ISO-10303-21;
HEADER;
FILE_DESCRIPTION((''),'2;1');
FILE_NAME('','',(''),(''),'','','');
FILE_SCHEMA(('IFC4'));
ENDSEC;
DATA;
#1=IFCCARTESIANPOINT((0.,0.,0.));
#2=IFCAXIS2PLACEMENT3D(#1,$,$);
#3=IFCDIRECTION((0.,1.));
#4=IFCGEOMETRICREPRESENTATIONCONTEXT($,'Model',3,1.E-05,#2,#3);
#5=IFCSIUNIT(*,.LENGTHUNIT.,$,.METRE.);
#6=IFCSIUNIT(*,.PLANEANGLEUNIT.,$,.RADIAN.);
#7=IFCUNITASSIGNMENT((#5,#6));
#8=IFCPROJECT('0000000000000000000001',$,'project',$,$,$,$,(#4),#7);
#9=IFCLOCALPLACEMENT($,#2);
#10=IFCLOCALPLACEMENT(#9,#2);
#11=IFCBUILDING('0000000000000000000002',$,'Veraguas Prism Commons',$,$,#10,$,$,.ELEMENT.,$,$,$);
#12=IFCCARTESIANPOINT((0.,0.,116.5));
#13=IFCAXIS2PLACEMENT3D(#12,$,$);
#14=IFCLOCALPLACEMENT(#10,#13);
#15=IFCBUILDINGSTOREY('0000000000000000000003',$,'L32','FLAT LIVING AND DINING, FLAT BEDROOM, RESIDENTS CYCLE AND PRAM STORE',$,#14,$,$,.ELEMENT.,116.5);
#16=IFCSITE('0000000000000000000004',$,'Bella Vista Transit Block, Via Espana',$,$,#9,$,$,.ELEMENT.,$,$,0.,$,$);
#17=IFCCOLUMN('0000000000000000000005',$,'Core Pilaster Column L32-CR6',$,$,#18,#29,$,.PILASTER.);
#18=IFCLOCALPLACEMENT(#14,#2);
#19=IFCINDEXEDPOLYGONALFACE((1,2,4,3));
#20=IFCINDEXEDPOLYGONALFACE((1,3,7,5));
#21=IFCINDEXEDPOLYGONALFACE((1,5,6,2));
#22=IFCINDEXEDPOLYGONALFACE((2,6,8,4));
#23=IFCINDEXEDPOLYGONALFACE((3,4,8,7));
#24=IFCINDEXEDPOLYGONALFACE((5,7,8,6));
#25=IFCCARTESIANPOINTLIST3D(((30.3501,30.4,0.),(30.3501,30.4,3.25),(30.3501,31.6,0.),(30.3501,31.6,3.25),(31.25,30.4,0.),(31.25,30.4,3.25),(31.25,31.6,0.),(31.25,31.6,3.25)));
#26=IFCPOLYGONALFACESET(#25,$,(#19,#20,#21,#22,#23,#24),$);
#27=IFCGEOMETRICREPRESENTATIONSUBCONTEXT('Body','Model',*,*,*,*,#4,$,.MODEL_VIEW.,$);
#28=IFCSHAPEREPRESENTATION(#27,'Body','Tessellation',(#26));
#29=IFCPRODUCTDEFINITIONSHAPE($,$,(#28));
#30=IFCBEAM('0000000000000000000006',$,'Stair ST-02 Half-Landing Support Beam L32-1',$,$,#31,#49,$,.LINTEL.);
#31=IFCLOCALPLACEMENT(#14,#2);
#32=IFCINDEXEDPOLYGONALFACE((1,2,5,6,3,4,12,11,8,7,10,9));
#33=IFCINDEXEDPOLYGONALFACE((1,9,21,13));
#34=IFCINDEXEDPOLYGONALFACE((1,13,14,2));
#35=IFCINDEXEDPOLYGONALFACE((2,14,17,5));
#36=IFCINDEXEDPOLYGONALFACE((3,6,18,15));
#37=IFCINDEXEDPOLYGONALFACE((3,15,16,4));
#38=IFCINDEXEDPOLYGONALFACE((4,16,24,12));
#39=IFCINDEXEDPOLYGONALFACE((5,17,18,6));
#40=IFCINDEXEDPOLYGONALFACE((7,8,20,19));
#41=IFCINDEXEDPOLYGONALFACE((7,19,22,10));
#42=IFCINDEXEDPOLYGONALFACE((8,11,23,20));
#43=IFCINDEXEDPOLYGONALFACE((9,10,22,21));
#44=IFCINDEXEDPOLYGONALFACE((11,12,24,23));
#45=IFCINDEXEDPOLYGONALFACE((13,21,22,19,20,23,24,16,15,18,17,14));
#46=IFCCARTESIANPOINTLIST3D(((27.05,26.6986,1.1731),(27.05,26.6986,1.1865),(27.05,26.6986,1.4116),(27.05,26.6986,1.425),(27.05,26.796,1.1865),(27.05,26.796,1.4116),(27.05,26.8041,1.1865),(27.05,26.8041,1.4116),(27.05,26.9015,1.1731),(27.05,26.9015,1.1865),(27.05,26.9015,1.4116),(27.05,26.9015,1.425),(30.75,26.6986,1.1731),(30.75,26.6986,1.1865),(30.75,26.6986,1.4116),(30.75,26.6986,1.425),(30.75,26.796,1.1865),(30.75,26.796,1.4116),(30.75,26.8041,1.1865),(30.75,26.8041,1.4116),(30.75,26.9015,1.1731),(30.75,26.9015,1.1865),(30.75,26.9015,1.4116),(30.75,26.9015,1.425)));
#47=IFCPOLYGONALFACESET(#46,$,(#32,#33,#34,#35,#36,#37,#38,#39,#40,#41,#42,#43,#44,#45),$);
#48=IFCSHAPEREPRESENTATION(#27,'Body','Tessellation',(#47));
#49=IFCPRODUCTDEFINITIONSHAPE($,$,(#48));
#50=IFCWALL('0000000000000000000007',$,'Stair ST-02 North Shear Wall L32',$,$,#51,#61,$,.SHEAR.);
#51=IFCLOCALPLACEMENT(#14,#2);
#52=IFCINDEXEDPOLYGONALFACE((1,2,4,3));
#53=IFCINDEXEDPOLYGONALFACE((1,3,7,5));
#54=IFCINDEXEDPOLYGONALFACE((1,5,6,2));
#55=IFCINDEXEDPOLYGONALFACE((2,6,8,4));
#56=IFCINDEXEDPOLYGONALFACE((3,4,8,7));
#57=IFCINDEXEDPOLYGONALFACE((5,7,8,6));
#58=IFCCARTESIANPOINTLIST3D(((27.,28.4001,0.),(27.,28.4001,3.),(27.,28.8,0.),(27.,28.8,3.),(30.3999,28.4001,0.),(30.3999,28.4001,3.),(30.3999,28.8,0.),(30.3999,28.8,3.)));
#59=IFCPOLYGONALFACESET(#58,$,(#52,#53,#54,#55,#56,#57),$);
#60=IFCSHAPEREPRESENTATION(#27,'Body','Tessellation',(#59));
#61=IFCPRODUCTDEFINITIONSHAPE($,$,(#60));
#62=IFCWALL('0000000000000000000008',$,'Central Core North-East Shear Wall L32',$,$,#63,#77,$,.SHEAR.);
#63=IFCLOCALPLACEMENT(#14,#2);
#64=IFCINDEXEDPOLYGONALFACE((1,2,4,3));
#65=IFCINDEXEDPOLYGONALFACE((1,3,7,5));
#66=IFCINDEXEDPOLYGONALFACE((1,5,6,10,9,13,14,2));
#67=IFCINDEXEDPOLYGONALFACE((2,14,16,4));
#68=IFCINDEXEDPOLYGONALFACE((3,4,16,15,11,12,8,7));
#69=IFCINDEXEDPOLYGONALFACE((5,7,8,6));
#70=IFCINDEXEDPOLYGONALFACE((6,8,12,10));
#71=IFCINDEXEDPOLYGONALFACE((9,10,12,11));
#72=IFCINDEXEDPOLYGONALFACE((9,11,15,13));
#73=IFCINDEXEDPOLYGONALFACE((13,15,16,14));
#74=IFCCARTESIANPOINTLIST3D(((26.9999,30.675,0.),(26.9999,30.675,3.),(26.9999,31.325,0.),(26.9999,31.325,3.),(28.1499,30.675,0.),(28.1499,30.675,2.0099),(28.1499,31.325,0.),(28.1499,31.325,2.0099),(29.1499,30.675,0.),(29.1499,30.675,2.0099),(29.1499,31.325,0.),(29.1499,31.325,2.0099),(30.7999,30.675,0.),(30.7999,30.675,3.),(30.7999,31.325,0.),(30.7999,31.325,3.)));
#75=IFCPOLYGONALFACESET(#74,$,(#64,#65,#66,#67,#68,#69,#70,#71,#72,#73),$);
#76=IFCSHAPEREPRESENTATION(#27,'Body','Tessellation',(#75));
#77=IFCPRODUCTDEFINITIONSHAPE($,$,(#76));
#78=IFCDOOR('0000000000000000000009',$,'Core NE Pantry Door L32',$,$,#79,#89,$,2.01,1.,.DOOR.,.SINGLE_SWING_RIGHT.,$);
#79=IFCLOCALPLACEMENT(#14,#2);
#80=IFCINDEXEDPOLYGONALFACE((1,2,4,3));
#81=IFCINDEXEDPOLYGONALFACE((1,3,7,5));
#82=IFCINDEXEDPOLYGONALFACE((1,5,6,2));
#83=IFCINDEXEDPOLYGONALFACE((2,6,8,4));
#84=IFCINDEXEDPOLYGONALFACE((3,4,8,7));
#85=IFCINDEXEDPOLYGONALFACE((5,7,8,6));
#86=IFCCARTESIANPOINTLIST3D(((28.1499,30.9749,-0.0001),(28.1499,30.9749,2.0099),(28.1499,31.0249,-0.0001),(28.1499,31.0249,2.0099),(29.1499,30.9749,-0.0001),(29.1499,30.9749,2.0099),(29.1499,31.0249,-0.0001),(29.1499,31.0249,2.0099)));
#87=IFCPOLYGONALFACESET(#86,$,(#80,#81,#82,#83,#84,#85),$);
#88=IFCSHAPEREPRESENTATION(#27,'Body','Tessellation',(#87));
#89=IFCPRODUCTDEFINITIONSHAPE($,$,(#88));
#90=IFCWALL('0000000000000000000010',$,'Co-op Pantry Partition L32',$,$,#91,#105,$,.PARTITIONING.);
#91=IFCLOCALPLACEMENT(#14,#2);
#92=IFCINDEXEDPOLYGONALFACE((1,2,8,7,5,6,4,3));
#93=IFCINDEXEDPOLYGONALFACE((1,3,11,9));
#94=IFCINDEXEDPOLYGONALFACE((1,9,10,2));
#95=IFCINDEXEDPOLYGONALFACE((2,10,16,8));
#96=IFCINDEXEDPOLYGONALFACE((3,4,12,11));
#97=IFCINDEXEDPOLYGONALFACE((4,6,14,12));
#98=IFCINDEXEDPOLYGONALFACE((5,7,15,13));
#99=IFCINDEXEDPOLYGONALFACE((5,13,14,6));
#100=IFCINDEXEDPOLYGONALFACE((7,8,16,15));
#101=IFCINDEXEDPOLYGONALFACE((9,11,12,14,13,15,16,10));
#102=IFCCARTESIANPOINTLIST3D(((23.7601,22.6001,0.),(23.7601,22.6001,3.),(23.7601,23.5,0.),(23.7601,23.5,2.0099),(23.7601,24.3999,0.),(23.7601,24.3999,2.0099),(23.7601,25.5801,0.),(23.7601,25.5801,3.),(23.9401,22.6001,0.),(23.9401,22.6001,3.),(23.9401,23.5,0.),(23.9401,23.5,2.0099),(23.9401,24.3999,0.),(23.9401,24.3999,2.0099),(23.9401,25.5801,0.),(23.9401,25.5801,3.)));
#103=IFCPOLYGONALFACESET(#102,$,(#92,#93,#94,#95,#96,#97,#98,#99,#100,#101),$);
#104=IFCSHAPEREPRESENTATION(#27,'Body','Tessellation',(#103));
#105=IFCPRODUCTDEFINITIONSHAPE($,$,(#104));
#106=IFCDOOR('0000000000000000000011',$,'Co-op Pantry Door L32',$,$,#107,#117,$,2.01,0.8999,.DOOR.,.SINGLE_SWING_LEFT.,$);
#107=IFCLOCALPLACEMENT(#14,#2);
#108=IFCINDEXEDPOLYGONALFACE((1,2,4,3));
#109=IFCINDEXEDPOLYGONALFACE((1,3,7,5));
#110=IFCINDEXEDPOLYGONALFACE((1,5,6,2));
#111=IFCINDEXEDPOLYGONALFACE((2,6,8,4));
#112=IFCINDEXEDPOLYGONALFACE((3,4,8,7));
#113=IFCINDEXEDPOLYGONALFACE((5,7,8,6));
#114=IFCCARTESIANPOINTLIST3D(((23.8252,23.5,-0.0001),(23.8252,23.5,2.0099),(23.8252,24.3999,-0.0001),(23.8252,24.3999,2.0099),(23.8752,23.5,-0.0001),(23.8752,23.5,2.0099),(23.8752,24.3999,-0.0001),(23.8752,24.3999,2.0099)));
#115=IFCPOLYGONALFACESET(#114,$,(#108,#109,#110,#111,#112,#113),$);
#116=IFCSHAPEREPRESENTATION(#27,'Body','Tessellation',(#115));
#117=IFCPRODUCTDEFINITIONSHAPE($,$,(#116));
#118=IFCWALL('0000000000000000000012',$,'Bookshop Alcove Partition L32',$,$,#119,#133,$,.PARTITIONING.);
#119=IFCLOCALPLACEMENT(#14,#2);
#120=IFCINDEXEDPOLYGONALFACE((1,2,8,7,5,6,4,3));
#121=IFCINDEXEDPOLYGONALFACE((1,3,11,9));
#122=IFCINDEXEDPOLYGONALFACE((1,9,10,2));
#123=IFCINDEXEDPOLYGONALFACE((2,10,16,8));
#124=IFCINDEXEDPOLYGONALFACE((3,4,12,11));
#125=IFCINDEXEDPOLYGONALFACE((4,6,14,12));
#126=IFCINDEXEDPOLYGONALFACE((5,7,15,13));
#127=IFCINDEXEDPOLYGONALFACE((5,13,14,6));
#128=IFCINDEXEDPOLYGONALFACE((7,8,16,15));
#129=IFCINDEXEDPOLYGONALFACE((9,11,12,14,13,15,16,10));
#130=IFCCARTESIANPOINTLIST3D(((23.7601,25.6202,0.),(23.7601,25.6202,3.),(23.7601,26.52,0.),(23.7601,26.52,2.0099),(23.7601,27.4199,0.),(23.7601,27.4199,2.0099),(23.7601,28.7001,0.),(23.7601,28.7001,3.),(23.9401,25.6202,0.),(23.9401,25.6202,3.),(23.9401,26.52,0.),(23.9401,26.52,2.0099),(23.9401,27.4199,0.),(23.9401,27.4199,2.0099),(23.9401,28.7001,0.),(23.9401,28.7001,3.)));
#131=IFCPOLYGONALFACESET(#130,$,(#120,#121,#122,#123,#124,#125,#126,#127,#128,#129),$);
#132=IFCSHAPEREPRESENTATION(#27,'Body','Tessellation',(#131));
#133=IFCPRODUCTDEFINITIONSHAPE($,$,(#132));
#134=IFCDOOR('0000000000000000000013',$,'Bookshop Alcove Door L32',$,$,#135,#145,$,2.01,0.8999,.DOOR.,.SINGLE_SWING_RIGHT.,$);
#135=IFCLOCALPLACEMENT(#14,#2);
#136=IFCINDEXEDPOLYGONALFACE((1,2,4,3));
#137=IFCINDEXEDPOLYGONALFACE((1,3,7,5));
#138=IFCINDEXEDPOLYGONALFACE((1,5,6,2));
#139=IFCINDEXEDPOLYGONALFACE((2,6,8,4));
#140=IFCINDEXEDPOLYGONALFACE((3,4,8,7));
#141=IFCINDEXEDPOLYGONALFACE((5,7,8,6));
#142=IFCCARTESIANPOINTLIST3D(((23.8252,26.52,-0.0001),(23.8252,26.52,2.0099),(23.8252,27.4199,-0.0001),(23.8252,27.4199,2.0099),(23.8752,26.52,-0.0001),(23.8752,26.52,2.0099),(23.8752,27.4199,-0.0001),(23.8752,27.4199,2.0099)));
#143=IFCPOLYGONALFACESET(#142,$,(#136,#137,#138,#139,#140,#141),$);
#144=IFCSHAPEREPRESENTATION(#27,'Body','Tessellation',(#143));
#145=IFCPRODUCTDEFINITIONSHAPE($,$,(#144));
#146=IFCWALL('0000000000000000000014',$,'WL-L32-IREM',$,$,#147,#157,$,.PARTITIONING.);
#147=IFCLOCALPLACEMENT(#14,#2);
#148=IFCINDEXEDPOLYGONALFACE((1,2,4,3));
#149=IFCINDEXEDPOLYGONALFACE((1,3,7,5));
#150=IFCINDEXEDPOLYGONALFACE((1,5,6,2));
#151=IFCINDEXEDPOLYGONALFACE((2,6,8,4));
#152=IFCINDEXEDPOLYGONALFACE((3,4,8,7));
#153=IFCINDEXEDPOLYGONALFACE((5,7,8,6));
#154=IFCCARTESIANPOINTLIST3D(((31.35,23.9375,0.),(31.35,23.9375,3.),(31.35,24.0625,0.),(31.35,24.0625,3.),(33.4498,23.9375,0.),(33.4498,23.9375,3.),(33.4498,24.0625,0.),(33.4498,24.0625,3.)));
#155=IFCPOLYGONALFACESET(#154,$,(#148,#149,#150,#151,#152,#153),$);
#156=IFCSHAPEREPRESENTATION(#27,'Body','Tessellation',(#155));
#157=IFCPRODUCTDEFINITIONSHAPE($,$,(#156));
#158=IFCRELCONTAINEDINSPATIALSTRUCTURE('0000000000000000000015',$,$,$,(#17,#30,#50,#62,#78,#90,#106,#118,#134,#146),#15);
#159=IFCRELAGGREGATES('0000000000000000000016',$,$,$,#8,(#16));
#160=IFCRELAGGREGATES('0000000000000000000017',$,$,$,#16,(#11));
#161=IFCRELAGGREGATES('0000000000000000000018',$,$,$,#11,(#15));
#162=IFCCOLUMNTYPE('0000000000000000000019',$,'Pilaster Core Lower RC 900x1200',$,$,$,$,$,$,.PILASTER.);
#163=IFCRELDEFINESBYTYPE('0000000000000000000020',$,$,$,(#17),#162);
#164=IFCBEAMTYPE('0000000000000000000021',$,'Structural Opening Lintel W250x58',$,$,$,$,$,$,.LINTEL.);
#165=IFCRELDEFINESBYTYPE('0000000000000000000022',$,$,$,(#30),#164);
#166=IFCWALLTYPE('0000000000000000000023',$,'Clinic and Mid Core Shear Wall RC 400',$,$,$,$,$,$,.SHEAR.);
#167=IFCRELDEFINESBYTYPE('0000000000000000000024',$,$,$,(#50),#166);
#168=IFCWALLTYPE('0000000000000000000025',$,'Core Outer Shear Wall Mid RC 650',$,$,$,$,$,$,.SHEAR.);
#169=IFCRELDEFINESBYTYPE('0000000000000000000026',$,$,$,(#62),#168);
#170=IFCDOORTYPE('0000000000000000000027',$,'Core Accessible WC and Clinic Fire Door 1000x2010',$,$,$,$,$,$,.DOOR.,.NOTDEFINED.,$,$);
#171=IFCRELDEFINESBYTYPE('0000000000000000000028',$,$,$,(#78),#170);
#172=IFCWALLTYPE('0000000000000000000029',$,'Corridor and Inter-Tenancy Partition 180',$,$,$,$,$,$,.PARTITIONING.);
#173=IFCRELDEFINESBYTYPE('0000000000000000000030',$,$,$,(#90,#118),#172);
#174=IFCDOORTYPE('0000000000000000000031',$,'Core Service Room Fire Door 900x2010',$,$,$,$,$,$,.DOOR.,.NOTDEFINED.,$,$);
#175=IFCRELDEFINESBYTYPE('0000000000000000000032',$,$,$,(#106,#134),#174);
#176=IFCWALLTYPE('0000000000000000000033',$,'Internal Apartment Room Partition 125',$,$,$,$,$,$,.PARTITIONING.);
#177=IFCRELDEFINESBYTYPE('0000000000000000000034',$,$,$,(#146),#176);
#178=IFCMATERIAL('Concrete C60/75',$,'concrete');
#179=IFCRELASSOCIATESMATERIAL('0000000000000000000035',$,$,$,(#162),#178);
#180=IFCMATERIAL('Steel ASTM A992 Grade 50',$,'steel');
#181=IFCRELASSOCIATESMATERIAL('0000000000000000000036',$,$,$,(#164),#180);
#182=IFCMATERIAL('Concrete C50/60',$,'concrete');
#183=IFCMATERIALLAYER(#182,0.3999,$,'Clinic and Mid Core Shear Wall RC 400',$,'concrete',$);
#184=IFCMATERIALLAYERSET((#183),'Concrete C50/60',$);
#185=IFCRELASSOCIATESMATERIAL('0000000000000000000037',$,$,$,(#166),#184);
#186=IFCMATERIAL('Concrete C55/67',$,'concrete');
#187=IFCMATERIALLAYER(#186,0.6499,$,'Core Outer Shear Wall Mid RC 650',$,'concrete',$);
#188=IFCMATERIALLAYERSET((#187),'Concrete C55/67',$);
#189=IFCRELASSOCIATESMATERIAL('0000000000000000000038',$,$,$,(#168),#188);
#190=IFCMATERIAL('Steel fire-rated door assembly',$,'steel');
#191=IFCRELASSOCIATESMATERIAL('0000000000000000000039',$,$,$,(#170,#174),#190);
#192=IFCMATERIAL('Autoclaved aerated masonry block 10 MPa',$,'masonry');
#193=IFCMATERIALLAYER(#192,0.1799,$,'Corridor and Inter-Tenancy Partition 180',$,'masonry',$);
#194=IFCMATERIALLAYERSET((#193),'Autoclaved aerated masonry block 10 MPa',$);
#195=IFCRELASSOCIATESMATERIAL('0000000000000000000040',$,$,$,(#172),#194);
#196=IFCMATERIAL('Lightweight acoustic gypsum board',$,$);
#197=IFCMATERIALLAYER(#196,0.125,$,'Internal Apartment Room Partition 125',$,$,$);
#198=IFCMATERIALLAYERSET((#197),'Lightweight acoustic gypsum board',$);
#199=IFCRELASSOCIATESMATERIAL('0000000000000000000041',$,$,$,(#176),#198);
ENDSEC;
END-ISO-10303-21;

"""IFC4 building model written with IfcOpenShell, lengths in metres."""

from ifc_helpers import new_model, si_unit, direction, frame, frame_2d, origin, origin_2d, place, context, subcontext, project, spatial, rectangle, i_section, extrude, source, transform, mapped, material, layer, layer_set, material_profile, profile_set, type_object, element, fill, save


model = new_model("IFC4")

# Units and contexts
model_context = context("Model", 3, precision=1e-05, world=origin(), true_north=direction((0.0, 1.0)))
body_context = subcontext(model_context, "Body", "Model", "MODEL_VIEW")
ifc_project = project(units=[si_unit("LENGTHUNIT", "METRE"), si_unit("PLANEANGLEUNIT", "RADIAN")], contexts=[model_context])

# Site, building, storey
site_placement = place(None, origin())
site = spatial("IfcSite", under=ifc_project, at=site_placement, Name="Bella Vista Transit Block, Via Espana", CompositionType="ELEMENT", RefElevation=0.0)
building_placement = place(site_placement, origin())
building = spatial("IfcBuilding", under=site, at=building_placement, Name="Veraguas Prism Commons", CompositionType="ELEMENT")
storey_placement = place(building_placement, frame((0.0, 0.0, 116.5)))
storey = spatial("IfcBuildingStorey", under=building, at=storey_placement, Name="L32", Description="FLAT LIVING AND DINING, FLAT BEDROOM, RESIDENTS CYCLE AND PRAM STORE", CompositionType="ELEMENT", Elevation=116.5)

# Column
ifc_material_1 = material(Name="Concrete C60/75", Category="concrete")
ifc_material_profile_1 = material_profile(ifc_material_1, rectangle(XDim=0.8999, YDim=1.2, at=origin_2d()), Name="RC900X1200")
ifc_profile_set_1 = profile_set([ifc_material_profile_1], Name="Concrete C60/75")
column_type = type_object("IfcColumnType", Name="Pilaster Core Lower RC 900x1200", PredefinedType="PILASTER", material=ifc_profile_set_1)
column_placement = place(storey_placement, frame((30.8, 31.0, 0.0), z_axis=(0.0, 0.0, 1.0), x_axis=(1.0, 0.0, 0.0)))
element("IfcColumn", 1, at=column_placement, inside=storey, type_object=column_type, Name="Core Pilaster Column L32-CR6", PredefinedType="PILASTER", context=body_context, shape_type="SweptSolid", body=[
    extrude(rectangle(XDim=0.8999, YDim=1.2, at=origin_2d()), origin(), (0.0, 0.0, 1.0), 3.25),
])

# Beam
ifc_material_2 = material(Name="Steel ASTM A992 Grade 50", Category="steel")
ifc_material_profile_2 = material_profile(ifc_material_2, i_section(OverallWidth=0.2029, OverallDepth=0.252, WebThickness=0.0081, FlangeThickness=0.0134, at=origin_2d()), Name="W250X58")
ifc_profile_set_2 = profile_set([ifc_material_profile_2], Name="Steel ASTM A992 Grade 50")
beam_type = type_object("IfcBeamType", Name="Structural Opening Lintel W250x58", PredefinedType="LINTEL", material=ifc_profile_set_2)
beam_placement = place(storey_placement, frame((27.05, 26.8, 1.2991), z_axis=(1.0, 0.0, 0.0), x_axis=(0.0, 1.0, 0.0)))
element("IfcBeam", 2, at=beam_placement, inside=storey, type_object=beam_type, Name="Stair ST-02 Half-Landing Support Beam L32-1", PredefinedType="LINTEL", context=body_context, shape_type="SweptSolid", body=[
    extrude(i_section(OverallWidth=0.2029, OverallDepth=0.252, WebThickness=0.0081, FlangeThickness=0.0134, at=origin_2d()), origin(), (0.0, 0.0, 1.0), 3.7),
])

# Wall
ifc_material_3 = material(Name="Concrete C50/60", Category="concrete")
ifc_layer_1 = layer(ifc_material_3, 0.3999, Name="Clinic and Mid Core Shear Wall RC 400", Category="concrete")
ifc_layer_set_1 = layer_set([ifc_layer_1], Name="Concrete C50/60")
wall_type_1 = type_object("IfcWallType", Name="Clinic and Mid Core Shear Wall RC 400", PredefinedType="SHEAR", material=ifc_layer_set_1)
wall_1_placement = place(storey_placement, frame((27.0, 28.6001, 0.0), z_axis=(0.0, 0.0, 1.0), x_axis=(1.0, 0.0, 0.0)))
element("IfcWall", 3, at=wall_1_placement, inside=storey, type_object=wall_type_1, Name="Stair ST-02 North Shear Wall L32", PredefinedType="SHEAR", context=body_context, shape_type="SweptSolid", body=[
    extrude(rectangle(XDim=3.3999, YDim=0.3999, at=frame_2d((1.7, 0.0))), origin(), (0.0, 0.0, 1.0), 3.0),
])

# Walls, openings, doors
ifc_material_4 = material(Name="Concrete C55/67", Category="concrete")
ifc_layer_2 = layer(ifc_material_4, 0.6499, Name="Core Outer Shear Wall Mid RC 650", Category="concrete")
ifc_layer_set_2 = layer_set([ifc_layer_2], Name="Concrete C55/67")
wall_type_2 = type_object("IfcWallType", Name="Core Outer Shear Wall Mid RC 650", PredefinedType="SHEAR", material=ifc_layer_set_2)
wall_2_placement = place(storey_placement, frame((27.0, 31.0, 0.0), z_axis=(0.0, 0.0, 1.0), x_axis=(1.0, 0.0, 0.0)))
wall_2 = element("IfcWall", 4, at=wall_2_placement, inside=storey, type_object=wall_type_2, Name="Central Core North-East Shear Wall L32", PredefinedType="SHEAR", context=body_context, shape_type="SweptSolid", body=[
    extrude(rectangle(XDim=3.8, YDim=0.6499, at=frame_2d((1.8999, 0.0))), origin(), (0.0, 0.0, 1.0), 3.0),
])
opening_1_placement = place(wall_2_placement, frame((1.1499, 0.0, 0.0)))
opening_1 = element("IfcOpeningElement", 5, at=opening_1_placement, cuts=wall_2, PredefinedType="OPENING", context=body_context, shape_type="SweptSolid", body=[
    extrude(rectangle(XDim=1.0, YDim=2.01, at=frame_2d((0.5, 1.0049))), frame((0.0, 0.335, 0.0), z_axis=(0.0, -1.0, 0.0), x_axis=(1.0, 0.0, 0.0)), (0.0, 0.0, 1.0), 0.6699),
])
ifc_material_5 = material(Name="Steel fire-rated door assembly", Category="steel")
door_type_1 = type_object("IfcDoorType", Name="Core Accessible WC and Clinic Fire Door 1000x2010", OperationType="NOTDEFINED", PredefinedType="DOOR", material=ifc_material_5)
shared_shape_1 = source(origin(), body_context, "Body", "SweptSolid", [
    extrude(rectangle(XDim=1.0, YDim=2.01, at=frame_2d((0.5, 1.0049))), frame((0.0, 0.0249, 0.0), z_axis=(0.0, -1.0, 0.0), x_axis=(1.0, 0.0, 0.0)), (0.0, 0.0, 1.0), 0.05),
])
door_1_placement = place(opening_1_placement, origin())
door_1 = element("IfcDoor", 6, at=door_1_placement, inside=storey, type_object=door_type_1, Name="Core NE Pantry Door L32", OperationType="SINGLE_SWING_RIGHT", OverallHeight=2.01, OverallWidth=1.0, PredefinedType="DOOR", context=body_context, shape_type="MappedRepresentation", body=[
    mapped(shared_shape_1, transform((0.0, 0.0, 0.0), scale=1.0)),
])
fill(opening_1, door_1)
ifc_material_6 = material(Name="Autoclaved aerated masonry block 10 MPa", Category="masonry")
ifc_layer_3 = layer(ifc_material_6, 0.1799, Name="Corridor and Inter-Tenancy Partition 180", Category="masonry")
ifc_layer_set_3 = layer_set([ifc_layer_3], Name="Autoclaved aerated masonry block 10 MPa")
wall_type_3 = type_object("IfcWallType", Name="Corridor and Inter-Tenancy Partition 180", PredefinedType="PARTITIONING", material=ifc_layer_set_3)
wall_3_placement = place(storey_placement, frame((23.8501, 22.6001, 0.0), z_axis=(0.0, 0.0, 1.0), x_axis=(0.0, 1.0, 0.0)))
wall_3 = element("IfcWall", 7, at=wall_3_placement, inside=storey, type_object=wall_type_3, Name="Co-op Pantry Partition L32", PredefinedType="PARTITIONING", context=body_context, shape_type="SweptSolid", body=[
    extrude(rectangle(XDim=2.98, YDim=0.1799, at=frame_2d((1.49, 0.0))), origin(), (0.0, 0.0, 1.0), 3.0),
])
opening_2_placement = place(wall_3_placement, frame((0.8999, 0.0, 0.0)))
opening_2 = element("IfcOpeningElement", 8, at=opening_2_placement, cuts=wall_3, PredefinedType="OPENING", context=body_context, shape_type="SweptSolid", body=[
    extrude(rectangle(XDim=0.8999, YDim=2.01, at=frame_2d((0.45, 1.0049))), frame((0.0, 0.0999, 0.0), z_axis=(0.0, -1.0, 0.0), x_axis=(1.0, 0.0, 0.0)), (0.0, 0.0, 1.0), 0.2),
])
door_type_2 = type_object("IfcDoorType", Name="Core Service Room Fire Door 900x2010", OperationType="NOTDEFINED", PredefinedType="DOOR", material=ifc_material_5)
shared_shape_2 = source(origin(), body_context, "Body", "SweptSolid", [
    extrude(rectangle(XDim=0.8999, YDim=2.01, at=frame_2d((0.45, 1.0049))), frame((0.0, 0.0249, 0.0), z_axis=(0.0, -1.0, 0.0), x_axis=(1.0, 0.0, 0.0)), (0.0, 0.0, 1.0), 0.05),
])
door_2_placement = place(opening_2_placement, origin())
door_2 = element("IfcDoor", 9, at=door_2_placement, inside=storey, type_object=door_type_2, Name="Co-op Pantry Door L32", OperationType="SINGLE_SWING_LEFT", OverallHeight=2.01, OverallWidth=0.8999, PredefinedType="DOOR", context=body_context, shape_type="MappedRepresentation", body=[
    mapped(shared_shape_2, transform((0.0, 0.0, 0.0), scale=1.0)),
])
fill(opening_2, door_2)
wall_4_placement = place(storey_placement, frame((23.8501, 25.6201, 0.0), z_axis=(0.0, 0.0, 1.0), x_axis=(0.0, 1.0, 0.0)))
wall_4 = element("IfcWall", 10, at=wall_4_placement, inside=storey, type_object=wall_type_3, Name="Bookshop Alcove Partition L32", PredefinedType="PARTITIONING", context=body_context, shape_type="SweptSolid", body=[
    extrude(rectangle(XDim=3.0798, YDim=0.1799, at=frame_2d((1.54, 0.0))), origin(), (0.0, 0.0, 1.0), 3.0),
])
opening_3_placement = place(wall_4_placement, frame((0.8999, 0.0, 0.0)))
opening_3 = element("IfcOpeningElement", 11, at=opening_3_placement, cuts=wall_4, PredefinedType="OPENING", context=body_context, shape_type="SweptSolid", body=[
    extrude(rectangle(XDim=0.8999, YDim=2.01, at=frame_2d((0.45, 1.0049))), frame((0.0, 0.0999, 0.0), z_axis=(0.0, -1.0, 0.0), x_axis=(1.0, 0.0, 0.0)), (0.0, 0.0, 1.0), 0.2),
])
door_3_placement = place(opening_3_placement, origin())
door_3 = element("IfcDoor", 12, at=door_3_placement, inside=storey, type_object=door_type_2, Name="Bookshop Alcove Door L32", OperationType="SINGLE_SWING_RIGHT", OverallHeight=2.01, OverallWidth=0.8999, PredefinedType="DOOR", context=body_context, shape_type="MappedRepresentation", body=[
    mapped(shared_shape_2, transform((0.0, 0.0, 0.0), scale=1.0)),
])
fill(opening_3, door_3)

# Wall
ifc_material_7 = material(Name="Lightweight acoustic gypsum board")
ifc_layer_4 = layer(ifc_material_7, 0.125, Name="Internal Apartment Room Partition 125")
ifc_layer_set_4 = layer_set([ifc_layer_4], Name="Lightweight acoustic gypsum board")
wall_type_4 = type_object("IfcWallType", Name="Internal Apartment Room Partition 125", PredefinedType="PARTITIONING", material=ifc_layer_set_4)
wall_5_placement = place(storey_placement, frame((31.3501, 24.0, 0.0), z_axis=(0.0, 0.0, 1.0), x_axis=(1.0, 0.0, 0.0)))
element("IfcWall", 13, at=wall_5_placement, inside=storey, type_object=wall_type_4, Name="WL-L32-IREM", PredefinedType="PARTITIONING", context=body_context, shape_type="SweptSolid", body=[
    extrude(rectangle(XDim=2.0999, YDim=0.125, at=frame_2d((1.0498, 0.0))), origin(), (0.0, 0.0, 1.0), 3.0),
])

save(model, "model.ifc")
